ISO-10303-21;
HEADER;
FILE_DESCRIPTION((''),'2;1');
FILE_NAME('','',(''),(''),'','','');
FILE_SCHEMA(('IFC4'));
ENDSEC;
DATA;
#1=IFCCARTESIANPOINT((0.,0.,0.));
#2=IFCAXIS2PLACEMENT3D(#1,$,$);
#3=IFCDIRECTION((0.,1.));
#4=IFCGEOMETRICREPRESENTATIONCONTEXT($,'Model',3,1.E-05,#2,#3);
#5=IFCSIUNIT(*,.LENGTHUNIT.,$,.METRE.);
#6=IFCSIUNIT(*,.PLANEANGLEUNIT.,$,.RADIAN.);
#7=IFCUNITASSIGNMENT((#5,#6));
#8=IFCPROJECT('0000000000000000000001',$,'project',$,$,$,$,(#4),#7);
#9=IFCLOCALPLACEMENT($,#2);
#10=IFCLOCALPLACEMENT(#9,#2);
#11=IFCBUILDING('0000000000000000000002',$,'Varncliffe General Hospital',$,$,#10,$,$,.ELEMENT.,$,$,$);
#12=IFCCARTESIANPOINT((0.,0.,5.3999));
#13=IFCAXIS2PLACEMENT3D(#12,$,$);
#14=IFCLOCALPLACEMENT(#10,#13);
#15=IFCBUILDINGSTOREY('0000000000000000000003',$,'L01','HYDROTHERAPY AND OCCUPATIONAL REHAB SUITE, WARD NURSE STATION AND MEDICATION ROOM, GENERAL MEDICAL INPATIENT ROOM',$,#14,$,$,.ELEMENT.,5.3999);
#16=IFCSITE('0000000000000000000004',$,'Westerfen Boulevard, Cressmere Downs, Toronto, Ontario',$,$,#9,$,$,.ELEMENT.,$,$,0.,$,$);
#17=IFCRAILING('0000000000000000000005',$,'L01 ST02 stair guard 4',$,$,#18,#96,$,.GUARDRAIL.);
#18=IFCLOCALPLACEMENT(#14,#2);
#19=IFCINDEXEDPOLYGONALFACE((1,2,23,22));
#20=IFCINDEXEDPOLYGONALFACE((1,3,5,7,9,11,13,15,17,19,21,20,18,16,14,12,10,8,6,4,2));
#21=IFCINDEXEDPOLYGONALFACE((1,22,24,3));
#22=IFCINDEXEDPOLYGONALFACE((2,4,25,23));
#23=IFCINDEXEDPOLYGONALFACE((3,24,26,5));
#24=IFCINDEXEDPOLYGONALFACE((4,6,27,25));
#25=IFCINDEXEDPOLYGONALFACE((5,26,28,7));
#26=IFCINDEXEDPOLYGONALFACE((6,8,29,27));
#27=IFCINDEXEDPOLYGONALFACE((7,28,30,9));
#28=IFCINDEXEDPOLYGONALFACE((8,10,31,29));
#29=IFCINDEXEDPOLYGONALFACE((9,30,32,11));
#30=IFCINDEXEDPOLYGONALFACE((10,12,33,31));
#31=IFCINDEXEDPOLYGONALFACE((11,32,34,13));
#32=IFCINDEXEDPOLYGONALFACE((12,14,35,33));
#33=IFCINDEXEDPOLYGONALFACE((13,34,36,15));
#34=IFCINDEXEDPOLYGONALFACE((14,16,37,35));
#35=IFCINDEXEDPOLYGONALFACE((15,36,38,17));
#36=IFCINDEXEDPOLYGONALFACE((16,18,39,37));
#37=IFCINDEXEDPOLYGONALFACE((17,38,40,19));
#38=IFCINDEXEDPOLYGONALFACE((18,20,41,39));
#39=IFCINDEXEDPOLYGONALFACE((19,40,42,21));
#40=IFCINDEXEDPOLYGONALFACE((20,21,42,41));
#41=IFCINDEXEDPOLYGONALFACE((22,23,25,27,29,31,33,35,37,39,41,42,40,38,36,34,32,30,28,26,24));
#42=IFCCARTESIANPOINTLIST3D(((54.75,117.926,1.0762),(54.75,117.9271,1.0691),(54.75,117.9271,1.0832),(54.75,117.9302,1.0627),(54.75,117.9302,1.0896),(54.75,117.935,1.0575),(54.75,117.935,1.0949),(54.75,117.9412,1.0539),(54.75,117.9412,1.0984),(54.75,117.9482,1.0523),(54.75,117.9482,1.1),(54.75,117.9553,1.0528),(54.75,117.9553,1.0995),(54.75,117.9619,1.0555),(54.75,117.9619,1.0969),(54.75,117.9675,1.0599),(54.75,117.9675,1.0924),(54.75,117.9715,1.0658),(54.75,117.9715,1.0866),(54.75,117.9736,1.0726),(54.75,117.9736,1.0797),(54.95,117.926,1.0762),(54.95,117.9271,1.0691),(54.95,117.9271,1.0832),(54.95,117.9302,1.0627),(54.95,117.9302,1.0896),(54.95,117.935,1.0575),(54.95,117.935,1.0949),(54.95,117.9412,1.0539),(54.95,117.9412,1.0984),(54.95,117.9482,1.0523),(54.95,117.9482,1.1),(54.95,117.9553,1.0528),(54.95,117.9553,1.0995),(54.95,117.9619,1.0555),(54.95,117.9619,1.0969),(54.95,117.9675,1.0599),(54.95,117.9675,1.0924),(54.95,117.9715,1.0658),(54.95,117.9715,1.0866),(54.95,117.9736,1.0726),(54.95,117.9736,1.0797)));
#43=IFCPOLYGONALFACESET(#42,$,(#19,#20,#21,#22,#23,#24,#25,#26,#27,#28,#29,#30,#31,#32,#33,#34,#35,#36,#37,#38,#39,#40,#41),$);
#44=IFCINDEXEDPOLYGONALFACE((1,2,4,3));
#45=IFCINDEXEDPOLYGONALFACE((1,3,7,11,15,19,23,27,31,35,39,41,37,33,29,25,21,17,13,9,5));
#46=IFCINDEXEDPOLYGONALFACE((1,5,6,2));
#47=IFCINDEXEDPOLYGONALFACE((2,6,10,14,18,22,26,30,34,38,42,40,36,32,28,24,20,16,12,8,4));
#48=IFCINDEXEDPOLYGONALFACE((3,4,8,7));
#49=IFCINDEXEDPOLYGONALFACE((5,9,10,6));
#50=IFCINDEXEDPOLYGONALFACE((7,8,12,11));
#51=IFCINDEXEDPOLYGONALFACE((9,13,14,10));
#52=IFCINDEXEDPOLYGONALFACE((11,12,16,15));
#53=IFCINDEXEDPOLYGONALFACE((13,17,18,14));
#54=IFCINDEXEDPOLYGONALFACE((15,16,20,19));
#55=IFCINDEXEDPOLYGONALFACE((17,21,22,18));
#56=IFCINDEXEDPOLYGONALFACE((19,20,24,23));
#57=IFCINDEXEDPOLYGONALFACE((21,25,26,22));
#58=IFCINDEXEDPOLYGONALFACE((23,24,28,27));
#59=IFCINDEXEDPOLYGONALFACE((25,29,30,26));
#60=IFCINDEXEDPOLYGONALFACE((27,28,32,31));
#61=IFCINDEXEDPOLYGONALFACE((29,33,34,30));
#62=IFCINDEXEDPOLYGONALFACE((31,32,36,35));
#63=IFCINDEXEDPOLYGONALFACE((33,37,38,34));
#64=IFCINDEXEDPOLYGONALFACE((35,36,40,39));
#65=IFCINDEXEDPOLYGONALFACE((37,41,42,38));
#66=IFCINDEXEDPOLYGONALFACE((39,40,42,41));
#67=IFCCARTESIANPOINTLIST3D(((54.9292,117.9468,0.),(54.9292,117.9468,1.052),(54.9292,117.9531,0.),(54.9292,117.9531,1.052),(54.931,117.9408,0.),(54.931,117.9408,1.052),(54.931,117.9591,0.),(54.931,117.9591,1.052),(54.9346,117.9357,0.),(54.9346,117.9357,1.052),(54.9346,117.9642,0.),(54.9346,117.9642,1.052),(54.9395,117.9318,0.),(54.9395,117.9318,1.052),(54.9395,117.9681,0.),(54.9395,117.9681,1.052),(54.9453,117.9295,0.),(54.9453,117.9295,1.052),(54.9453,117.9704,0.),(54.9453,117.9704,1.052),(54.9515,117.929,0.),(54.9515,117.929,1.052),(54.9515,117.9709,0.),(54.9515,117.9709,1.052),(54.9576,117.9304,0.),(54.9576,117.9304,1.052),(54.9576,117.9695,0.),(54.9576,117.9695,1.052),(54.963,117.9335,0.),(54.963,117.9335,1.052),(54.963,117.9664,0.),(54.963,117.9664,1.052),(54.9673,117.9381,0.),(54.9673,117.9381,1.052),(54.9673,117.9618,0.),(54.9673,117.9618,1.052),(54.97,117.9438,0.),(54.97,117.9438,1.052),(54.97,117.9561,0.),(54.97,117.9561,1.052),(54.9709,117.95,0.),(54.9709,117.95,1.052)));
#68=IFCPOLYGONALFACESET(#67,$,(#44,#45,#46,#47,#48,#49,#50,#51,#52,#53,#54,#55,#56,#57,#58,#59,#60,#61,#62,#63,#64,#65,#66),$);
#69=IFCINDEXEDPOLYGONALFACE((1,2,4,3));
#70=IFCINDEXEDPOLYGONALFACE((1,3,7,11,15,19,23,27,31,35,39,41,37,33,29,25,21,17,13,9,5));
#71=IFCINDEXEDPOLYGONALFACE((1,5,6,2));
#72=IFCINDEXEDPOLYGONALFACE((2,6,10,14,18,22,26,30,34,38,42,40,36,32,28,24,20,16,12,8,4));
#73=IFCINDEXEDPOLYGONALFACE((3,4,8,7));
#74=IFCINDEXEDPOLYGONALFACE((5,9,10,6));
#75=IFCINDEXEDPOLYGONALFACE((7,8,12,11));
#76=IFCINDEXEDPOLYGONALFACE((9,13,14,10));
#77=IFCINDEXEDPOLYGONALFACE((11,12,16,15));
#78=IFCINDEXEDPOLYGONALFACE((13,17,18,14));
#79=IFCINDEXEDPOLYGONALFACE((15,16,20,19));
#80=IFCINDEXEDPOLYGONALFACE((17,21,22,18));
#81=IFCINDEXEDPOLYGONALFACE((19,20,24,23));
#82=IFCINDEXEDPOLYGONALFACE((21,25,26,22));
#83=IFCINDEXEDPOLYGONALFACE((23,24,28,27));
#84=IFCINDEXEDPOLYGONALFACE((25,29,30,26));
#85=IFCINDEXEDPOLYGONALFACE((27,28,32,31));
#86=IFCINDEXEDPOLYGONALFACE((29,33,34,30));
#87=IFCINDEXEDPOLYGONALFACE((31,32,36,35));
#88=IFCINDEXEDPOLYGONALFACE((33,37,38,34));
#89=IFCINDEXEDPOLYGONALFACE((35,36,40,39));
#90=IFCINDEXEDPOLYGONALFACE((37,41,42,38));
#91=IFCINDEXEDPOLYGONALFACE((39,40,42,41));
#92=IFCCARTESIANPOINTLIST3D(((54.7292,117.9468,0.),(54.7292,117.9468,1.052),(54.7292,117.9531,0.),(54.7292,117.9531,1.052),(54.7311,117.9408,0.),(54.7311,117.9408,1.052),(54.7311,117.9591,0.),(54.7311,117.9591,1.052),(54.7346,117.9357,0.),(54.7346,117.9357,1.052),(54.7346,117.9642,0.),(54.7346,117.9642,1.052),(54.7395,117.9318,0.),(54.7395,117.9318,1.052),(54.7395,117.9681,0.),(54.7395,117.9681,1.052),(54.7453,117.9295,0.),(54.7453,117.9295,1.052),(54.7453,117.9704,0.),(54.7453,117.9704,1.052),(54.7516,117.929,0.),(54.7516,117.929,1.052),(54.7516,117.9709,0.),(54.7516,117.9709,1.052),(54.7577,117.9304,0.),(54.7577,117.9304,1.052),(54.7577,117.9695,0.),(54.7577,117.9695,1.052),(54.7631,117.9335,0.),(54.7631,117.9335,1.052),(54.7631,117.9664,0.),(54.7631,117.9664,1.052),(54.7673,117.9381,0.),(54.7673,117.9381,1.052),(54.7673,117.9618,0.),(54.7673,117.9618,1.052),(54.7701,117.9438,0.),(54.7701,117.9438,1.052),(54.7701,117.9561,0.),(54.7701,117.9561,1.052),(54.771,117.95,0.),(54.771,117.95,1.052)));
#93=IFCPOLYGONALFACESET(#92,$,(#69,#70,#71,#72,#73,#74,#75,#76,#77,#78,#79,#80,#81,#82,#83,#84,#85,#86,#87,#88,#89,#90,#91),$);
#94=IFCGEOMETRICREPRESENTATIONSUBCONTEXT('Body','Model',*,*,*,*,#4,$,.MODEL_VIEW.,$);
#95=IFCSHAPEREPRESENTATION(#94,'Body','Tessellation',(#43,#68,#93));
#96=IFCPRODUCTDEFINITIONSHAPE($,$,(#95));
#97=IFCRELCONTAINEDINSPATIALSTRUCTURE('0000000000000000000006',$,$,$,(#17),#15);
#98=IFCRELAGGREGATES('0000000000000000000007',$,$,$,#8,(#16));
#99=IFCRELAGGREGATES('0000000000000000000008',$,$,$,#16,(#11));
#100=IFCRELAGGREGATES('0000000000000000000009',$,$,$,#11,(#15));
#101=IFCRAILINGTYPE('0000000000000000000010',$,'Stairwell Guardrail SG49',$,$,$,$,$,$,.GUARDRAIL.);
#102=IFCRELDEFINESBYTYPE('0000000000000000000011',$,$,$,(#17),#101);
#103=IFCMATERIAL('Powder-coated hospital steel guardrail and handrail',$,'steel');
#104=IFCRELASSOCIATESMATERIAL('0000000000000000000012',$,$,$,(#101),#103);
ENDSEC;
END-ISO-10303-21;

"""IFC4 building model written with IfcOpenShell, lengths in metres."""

from ifc_helpers import new_model, si_unit, direction, frame, origin, origin_2d, place, context, subcontext, project, spatial, circle, extrude, material, type_object, element, save


model = new_model("IFC4")

# Units and contexts
model_context = context("Model", 3, precision=1e-05, world=origin(), true_north=direction((0.0, 1.0)))
body_context = subcontext(model_context, "Body", "Model", "MODEL_VIEW")
ifc_project = project(units=[si_unit("LENGTHUNIT", "METRE"), si_unit("PLANEANGLEUNIT", "RADIAN")], contexts=[model_context])

# Site, building, storey
site_placement = place(None, origin())
site = spatial("IfcSite", under=ifc_project, at=site_placement, Name="Westerfen Boulevard, Cressmere Downs, Toronto, Ontario", CompositionType="ELEMENT", RefElevation=0.0)
building_placement = place(site_placement, origin())
building = spatial("IfcBuilding", under=site, at=building_placement, Name="Varncliffe General Hospital", CompositionType="ELEMENT")
storey_placement = place(building_placement, frame((0.0, 0.0, 5.3999)))
storey = spatial("IfcBuildingStorey", under=building, at=storey_placement, Name="L01", Description="HYDROTHERAPY AND OCCUPATIONAL REHAB SUITE, WARD NURSE STATION AND MEDICATION ROOM, GENERAL MEDICAL INPATIENT ROOM", CompositionType="ELEMENT", Elevation=5.3999)

# Railing
ifc_material_1 = material(Name="Powder-coated hospital steel guardrail and handrail", Category="steel")
railing_type_1 = type_object("IfcRailingType", Name="Stairwell Guardrail SG49", PredefinedType="GUARDRAIL", material=ifc_material_1)
railing_1_placement = place(storey_placement, frame((54.95, 117.95, 0.0)))
element("IfcRailing", 1, at=railing_1_placement, inside=storey, type_object=railing_type_1, Name="L01 ST02 stair guard 4", PredefinedType="GUARDRAIL", context=body_context, shape_type="SweptSolid", body=[
    extrude(circle(Radius=0.0239, at=origin_2d()), frame((0.0, 0.0, 1.0762), z_axis=(-1.0, 0.0, 0.0), x_axis=(0.0, -1.0, 0.0)), (0.0, 0.0, 1.0), 0.2),
    extrude(circle(Radius=0.021, at=origin_2d()), origin(), (0.0, 0.0, 1.0), 1.052),
    extrude(circle(Radius=0.021, at=origin_2d()), frame((-0.2, 0.0, 0.0)), (0.0, 0.0, 1.0), 1.052),
])

save(model, "model.ifc")
